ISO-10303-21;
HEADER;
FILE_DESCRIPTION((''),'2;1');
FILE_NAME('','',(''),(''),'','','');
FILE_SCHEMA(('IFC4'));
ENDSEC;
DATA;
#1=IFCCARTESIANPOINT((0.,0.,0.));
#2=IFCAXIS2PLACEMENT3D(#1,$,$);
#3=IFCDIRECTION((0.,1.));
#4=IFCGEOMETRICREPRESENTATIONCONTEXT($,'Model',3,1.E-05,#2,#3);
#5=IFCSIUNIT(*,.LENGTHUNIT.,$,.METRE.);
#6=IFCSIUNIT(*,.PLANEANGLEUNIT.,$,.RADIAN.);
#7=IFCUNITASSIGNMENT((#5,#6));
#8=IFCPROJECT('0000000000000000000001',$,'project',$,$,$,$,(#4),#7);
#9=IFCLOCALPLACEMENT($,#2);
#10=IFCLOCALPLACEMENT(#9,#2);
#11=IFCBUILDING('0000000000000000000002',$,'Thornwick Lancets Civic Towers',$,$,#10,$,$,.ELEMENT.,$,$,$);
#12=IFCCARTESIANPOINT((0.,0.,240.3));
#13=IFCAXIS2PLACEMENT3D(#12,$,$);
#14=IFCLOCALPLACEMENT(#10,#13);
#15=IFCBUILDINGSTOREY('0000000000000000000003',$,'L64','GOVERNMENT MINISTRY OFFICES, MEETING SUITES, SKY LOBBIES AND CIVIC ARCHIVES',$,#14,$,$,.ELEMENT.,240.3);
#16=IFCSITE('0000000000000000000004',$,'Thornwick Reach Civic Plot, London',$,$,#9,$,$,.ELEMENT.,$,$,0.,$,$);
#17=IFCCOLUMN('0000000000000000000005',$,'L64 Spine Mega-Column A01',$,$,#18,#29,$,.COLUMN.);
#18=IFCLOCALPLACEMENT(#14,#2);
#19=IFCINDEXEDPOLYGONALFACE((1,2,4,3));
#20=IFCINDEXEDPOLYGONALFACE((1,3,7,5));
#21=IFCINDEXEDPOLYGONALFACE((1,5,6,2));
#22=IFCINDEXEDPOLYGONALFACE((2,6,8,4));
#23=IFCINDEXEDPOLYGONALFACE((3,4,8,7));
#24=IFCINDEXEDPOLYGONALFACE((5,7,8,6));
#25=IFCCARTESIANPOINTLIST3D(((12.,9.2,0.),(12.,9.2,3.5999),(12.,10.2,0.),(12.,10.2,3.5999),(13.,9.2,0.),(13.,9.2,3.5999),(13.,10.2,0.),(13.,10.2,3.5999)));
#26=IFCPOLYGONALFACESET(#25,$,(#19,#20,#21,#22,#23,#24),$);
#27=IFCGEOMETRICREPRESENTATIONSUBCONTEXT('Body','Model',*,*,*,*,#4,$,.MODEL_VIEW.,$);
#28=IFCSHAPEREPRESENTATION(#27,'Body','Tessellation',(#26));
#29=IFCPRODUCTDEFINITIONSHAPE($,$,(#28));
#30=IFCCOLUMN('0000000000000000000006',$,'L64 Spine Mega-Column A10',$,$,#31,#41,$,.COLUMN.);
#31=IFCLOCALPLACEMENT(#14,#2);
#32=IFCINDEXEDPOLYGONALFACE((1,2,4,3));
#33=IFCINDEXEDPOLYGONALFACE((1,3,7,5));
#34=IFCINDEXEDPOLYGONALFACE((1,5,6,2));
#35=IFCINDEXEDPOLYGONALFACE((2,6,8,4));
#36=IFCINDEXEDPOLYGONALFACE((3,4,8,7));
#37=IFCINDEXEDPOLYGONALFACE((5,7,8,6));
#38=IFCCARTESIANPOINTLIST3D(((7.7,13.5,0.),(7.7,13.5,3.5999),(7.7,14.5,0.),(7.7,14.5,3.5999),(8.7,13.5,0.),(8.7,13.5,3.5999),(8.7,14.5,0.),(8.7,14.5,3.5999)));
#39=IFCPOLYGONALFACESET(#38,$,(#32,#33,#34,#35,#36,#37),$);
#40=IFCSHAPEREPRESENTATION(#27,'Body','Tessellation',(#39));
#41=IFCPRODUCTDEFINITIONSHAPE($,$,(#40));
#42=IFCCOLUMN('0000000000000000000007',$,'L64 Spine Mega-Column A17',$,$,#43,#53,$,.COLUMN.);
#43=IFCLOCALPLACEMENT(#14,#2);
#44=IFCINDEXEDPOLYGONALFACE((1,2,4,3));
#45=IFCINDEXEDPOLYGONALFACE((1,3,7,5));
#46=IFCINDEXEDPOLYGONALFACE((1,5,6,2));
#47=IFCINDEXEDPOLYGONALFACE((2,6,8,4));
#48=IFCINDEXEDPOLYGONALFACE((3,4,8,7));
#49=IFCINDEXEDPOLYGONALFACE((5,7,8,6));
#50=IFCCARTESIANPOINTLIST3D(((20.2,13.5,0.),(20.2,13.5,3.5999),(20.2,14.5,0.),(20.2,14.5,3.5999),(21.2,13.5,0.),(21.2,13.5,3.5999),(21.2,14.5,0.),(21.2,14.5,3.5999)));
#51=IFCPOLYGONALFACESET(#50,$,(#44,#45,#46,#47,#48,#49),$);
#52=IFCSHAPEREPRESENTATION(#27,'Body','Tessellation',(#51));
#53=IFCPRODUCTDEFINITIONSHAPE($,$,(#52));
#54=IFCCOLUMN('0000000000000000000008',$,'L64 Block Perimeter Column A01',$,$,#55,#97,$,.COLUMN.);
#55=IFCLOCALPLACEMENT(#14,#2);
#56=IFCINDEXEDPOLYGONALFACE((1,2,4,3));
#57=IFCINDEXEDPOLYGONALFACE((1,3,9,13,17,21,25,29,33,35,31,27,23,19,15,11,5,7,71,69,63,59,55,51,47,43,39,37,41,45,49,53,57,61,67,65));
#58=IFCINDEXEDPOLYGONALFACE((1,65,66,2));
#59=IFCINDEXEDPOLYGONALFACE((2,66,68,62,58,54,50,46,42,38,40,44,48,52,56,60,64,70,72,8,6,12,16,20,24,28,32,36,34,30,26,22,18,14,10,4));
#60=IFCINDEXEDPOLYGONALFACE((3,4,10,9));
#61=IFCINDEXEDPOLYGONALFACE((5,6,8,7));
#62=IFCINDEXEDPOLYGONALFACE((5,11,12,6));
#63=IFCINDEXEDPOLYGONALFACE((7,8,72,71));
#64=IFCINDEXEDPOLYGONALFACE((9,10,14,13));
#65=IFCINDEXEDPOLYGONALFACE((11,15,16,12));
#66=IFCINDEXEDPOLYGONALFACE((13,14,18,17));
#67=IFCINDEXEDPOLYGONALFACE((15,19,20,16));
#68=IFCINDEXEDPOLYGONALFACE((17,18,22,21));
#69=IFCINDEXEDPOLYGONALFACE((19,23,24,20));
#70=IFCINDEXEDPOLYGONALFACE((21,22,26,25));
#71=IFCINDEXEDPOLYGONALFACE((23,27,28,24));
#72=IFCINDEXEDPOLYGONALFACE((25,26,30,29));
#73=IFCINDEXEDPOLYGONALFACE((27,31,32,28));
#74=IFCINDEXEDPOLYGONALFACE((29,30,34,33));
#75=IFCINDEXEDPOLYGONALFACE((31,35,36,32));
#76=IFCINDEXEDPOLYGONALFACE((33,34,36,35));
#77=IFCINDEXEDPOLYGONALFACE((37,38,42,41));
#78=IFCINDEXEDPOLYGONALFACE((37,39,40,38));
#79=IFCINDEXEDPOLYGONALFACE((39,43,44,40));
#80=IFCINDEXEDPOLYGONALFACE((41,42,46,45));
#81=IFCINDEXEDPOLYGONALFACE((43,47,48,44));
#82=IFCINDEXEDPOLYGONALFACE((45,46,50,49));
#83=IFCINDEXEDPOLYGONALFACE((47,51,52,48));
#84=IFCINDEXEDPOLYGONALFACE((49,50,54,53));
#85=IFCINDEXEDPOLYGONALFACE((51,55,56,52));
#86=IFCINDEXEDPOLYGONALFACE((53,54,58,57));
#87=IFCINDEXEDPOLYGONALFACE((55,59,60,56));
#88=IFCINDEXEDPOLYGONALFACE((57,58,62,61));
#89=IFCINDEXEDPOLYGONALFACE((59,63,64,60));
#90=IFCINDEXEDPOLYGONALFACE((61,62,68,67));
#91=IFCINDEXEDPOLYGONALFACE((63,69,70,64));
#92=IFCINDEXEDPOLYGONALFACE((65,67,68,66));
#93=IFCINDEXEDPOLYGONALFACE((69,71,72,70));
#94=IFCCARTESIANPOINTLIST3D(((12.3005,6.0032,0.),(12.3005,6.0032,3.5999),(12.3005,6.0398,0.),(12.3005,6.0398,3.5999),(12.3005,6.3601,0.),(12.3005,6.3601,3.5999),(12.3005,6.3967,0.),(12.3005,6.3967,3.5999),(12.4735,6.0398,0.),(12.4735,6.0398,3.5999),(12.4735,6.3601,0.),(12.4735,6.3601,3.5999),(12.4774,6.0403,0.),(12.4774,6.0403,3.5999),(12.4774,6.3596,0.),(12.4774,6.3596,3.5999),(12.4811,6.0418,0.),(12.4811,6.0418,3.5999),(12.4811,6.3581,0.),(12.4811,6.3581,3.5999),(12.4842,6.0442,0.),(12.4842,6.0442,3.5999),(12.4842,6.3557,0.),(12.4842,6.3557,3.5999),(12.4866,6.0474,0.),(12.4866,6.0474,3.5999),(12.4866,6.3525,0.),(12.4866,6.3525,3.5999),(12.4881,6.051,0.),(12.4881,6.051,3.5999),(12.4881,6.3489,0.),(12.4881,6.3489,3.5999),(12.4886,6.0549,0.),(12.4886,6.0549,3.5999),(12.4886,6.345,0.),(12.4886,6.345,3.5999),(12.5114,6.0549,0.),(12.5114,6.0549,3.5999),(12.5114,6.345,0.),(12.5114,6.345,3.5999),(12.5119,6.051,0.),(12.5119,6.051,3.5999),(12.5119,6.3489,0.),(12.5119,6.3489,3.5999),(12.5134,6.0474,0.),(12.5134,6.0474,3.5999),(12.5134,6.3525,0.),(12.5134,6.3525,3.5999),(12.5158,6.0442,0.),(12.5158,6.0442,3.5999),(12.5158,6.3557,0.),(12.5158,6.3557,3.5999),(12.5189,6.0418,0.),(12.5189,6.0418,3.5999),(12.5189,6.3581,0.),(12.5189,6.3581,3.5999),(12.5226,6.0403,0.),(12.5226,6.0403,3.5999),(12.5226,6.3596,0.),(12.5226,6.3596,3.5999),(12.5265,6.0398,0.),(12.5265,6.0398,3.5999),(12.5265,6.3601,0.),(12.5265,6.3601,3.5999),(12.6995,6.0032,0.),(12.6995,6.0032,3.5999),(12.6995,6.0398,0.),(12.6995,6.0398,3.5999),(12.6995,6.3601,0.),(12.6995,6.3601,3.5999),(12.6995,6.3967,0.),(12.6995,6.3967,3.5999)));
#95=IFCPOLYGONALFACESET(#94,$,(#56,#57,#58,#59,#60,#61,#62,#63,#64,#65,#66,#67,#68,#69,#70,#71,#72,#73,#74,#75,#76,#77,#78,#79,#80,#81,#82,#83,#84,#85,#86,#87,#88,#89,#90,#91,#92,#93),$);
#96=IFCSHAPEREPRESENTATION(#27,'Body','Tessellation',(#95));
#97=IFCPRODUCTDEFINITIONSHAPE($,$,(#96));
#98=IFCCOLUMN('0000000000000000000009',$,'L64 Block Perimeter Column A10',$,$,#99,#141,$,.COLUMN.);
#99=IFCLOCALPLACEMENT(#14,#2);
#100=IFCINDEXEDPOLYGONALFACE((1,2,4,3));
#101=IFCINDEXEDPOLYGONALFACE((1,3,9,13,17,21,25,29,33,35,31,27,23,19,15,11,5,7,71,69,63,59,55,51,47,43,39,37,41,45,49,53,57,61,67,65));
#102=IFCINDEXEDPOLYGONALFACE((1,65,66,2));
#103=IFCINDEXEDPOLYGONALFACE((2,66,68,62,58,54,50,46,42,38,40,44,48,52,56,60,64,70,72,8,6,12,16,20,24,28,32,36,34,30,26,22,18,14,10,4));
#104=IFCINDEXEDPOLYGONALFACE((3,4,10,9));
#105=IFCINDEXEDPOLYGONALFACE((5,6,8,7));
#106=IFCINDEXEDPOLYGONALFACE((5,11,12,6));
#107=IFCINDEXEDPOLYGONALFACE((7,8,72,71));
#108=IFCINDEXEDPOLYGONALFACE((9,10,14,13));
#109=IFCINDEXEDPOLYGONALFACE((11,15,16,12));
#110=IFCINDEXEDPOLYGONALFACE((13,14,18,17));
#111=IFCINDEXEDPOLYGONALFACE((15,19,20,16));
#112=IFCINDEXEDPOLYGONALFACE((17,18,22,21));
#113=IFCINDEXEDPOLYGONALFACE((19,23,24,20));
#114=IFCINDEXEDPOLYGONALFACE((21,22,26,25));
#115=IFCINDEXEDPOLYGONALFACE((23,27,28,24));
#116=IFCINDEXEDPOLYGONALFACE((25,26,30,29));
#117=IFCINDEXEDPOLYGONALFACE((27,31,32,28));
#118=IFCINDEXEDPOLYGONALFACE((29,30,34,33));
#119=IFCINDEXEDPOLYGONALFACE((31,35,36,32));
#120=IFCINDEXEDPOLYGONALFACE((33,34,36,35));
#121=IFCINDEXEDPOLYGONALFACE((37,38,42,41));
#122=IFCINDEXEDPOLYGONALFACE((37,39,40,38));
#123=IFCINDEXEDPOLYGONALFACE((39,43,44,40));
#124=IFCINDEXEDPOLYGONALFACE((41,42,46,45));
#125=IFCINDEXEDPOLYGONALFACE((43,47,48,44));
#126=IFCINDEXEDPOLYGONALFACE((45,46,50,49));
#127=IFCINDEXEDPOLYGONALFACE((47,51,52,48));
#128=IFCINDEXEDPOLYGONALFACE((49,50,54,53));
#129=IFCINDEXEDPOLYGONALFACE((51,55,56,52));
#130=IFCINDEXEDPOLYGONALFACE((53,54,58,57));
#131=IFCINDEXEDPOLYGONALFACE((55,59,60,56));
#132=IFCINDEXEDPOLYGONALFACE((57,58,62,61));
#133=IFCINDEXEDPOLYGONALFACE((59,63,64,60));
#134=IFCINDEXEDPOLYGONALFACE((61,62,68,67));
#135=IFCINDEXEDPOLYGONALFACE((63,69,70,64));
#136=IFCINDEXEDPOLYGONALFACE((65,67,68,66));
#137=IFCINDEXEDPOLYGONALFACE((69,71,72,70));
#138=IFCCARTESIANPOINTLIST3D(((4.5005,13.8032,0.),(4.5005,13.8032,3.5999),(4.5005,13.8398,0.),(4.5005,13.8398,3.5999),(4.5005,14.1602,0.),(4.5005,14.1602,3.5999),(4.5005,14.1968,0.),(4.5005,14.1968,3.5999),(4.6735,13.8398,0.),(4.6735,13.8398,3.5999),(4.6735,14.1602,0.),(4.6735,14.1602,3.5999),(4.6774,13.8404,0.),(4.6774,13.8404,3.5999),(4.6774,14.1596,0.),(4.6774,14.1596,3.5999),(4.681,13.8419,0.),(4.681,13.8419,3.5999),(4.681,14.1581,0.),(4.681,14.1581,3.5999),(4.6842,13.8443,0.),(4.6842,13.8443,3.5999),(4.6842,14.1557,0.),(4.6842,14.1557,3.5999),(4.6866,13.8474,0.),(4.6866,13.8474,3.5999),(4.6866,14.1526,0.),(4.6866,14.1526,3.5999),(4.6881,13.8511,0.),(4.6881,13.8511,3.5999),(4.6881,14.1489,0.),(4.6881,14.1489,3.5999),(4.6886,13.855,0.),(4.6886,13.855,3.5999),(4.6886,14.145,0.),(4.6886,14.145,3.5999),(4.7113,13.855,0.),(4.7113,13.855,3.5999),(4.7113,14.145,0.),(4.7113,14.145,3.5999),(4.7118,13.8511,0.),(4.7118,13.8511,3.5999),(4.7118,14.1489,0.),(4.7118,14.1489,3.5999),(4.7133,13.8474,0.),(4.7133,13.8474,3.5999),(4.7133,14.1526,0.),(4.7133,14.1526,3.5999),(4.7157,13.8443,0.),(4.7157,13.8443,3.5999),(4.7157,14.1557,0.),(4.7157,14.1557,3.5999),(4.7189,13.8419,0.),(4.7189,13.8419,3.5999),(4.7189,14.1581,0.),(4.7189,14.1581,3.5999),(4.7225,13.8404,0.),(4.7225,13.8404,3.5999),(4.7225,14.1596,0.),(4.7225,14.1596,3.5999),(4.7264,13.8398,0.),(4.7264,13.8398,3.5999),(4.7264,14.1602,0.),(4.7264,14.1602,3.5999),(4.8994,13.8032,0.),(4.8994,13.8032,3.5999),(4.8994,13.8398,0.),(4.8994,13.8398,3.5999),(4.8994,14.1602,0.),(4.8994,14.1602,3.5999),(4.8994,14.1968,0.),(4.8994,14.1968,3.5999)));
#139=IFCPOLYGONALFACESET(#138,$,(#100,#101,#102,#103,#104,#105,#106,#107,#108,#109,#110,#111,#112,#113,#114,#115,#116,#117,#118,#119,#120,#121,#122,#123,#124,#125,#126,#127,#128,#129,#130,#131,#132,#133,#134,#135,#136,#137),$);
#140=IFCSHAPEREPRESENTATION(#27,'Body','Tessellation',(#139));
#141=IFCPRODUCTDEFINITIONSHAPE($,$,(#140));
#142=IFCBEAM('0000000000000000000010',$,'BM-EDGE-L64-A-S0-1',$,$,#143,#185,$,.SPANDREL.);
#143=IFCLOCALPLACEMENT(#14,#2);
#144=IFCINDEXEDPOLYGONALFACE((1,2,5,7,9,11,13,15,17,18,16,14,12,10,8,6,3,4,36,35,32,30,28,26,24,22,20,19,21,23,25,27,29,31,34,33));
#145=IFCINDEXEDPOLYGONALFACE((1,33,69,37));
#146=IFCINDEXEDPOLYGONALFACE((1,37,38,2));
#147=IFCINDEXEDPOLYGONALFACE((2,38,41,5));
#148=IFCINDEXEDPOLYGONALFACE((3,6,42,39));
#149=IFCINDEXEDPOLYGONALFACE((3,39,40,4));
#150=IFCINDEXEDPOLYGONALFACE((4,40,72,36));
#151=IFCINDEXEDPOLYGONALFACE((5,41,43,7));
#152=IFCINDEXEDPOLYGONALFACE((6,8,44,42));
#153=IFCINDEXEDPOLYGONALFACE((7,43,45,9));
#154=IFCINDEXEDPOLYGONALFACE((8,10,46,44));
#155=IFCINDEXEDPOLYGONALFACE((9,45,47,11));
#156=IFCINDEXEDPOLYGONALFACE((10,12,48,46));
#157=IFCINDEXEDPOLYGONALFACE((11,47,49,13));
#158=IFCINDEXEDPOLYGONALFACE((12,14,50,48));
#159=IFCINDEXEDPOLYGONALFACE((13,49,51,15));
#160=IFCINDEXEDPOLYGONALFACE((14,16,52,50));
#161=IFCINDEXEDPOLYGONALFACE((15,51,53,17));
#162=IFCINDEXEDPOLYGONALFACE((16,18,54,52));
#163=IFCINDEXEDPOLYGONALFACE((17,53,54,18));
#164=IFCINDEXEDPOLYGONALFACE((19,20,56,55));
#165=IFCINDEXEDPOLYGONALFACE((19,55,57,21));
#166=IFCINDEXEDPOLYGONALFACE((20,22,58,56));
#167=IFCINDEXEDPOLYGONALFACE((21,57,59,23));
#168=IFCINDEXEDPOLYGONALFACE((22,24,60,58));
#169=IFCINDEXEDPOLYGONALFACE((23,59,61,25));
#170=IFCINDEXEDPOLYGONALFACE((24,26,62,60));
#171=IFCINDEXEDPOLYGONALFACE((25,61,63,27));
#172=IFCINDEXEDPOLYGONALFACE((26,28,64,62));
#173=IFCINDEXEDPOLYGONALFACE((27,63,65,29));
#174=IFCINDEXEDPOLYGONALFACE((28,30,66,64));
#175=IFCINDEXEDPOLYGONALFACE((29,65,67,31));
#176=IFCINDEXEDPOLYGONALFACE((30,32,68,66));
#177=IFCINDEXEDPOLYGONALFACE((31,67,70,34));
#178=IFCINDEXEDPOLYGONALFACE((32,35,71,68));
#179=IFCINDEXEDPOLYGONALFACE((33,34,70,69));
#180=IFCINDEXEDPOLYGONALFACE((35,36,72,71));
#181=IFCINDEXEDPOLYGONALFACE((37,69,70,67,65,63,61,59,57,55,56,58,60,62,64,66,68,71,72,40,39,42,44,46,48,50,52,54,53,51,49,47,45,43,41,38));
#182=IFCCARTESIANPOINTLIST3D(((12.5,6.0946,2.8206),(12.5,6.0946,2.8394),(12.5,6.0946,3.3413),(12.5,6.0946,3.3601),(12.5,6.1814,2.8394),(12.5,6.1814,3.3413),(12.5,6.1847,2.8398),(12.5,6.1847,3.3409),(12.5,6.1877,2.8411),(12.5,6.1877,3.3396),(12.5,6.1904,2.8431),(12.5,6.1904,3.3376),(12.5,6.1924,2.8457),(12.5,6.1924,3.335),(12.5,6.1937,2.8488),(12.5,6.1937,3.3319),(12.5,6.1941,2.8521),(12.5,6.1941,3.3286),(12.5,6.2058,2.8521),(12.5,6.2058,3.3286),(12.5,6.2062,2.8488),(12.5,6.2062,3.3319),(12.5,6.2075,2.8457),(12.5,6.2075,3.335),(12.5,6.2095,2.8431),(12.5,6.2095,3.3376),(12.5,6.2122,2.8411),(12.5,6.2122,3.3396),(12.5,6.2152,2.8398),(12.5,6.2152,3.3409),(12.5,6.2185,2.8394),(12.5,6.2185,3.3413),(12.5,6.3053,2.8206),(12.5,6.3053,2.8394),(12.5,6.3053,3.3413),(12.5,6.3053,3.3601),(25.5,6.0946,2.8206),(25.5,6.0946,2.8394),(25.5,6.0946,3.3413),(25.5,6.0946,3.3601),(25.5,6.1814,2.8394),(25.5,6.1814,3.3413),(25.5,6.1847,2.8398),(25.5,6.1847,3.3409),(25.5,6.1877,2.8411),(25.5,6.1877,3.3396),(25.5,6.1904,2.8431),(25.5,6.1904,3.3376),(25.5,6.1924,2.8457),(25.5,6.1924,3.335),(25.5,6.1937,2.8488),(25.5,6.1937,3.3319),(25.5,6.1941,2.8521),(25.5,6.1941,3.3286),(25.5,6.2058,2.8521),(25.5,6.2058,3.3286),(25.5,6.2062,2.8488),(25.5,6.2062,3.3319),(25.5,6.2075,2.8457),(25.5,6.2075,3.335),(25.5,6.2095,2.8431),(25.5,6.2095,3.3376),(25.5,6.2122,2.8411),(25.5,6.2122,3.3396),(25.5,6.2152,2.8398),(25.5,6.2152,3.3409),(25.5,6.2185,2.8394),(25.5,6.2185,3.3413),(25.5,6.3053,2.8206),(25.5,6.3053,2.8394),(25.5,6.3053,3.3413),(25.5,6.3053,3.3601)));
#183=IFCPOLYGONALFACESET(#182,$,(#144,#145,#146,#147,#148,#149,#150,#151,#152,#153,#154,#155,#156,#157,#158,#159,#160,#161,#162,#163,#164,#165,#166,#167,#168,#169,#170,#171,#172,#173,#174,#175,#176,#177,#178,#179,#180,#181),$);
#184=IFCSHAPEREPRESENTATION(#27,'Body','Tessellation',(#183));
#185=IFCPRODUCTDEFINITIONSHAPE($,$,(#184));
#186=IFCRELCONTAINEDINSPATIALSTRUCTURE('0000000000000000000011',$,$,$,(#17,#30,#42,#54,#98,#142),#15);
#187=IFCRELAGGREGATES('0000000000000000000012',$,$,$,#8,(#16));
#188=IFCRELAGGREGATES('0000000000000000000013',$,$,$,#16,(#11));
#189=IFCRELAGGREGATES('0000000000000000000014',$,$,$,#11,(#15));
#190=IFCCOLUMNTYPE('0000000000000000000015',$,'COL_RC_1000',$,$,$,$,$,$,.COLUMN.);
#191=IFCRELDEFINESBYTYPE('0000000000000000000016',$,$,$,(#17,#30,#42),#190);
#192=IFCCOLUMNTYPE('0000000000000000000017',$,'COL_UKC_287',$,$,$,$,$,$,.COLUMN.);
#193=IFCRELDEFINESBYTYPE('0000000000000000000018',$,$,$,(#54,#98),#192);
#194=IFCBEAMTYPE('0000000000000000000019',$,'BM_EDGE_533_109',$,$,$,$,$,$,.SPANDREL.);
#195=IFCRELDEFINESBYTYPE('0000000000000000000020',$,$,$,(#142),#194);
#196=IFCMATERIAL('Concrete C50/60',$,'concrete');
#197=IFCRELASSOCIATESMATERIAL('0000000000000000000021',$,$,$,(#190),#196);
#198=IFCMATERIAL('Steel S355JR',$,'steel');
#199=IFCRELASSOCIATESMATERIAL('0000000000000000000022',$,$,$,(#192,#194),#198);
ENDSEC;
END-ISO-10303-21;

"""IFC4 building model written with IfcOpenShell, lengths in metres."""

from ifc_helpers import new_model, si_unit, direction, frame, origin, origin_2d, place, context, subcontext, project, spatial, rectangle, i_section, extrude, material, material_profile, profile_set, type_object, element, save


model = new_model("IFC4")

# Units and contexts
model_context = context("Model", 3, precision=1e-05, world=origin(), true_north=direction((0.0, 1.0)))
body_context = subcontext(model_context, "Body", "Model", "MODEL_VIEW")
ifc_project = project(units=[si_unit("LENGTHUNIT", "METRE"), si_unit("PLANEANGLEUNIT", "RADIAN")], contexts=[model_context])

# Site, building, storey
site_placement = place(None, origin())
site = spatial("IfcSite", under=ifc_project, at=site_placement, Name="Thornwick Reach Civic Plot, London", CompositionType="ELEMENT", RefElevation=0.0)
building_placement = place(site_placement, origin())
building = spatial("IfcBuilding", under=site, at=building_placement, Name="Thornwick Lancets Civic Towers", CompositionType="ELEMENT")
storey_placement = place(building_placement, frame((0.0, 0.0, 240.3)))
storey = spatial("IfcBuildingStorey", under=building, at=storey_placement, Name="L64", Description="GOVERNMENT MINISTRY OFFICES, MEETING SUITES, SKY LOBBIES AND CIVIC ARCHIVES", CompositionType="ELEMENT", Elevation=240.3)

# Columns
ifc_material_1 = material(Name="Concrete C50/60", Category="concrete")
ifc_material_profile_1 = material_profile(ifc_material_1, rectangle(XDim=1.0, YDim=1.0, at=origin_2d()), Name="RC 1000x1000")
ifc_profile_set_1 = profile_set([ifc_material_profile_1], Name="Concrete C50/60")
column_type_1 = type_object("IfcColumnType", Name="COL_RC_1000", PredefinedType="COLUMN", material=ifc_profile_set_1)
for number, where, z_axis, x_axis, name in (
    (1, (12.5, 9.7, 0.0), (0.0, 0.0, 1.0), (1.0, 0.0, 0.0), "L64 Spine Mega-Column A01"),
    (2, (8.2, 14.0, 0.0), (0.0, 0.0, 1.0), (1.0, 0.0, 0.0), "L64 Spine Mega-Column A10"),
    (3, (20.7, 14.0, 0.0), (0.0, 0.0, 1.0), (1.0, 0.0, 0.0), "L64 Spine Mega-Column A17"),
):
    element("IfcColumn", number, at=place(storey_placement, frame(where, z_axis=z_axis, x_axis=x_axis)), inside=storey, type_object=column_type_1, Name=name, PredefinedType="COLUMN", context=body_context, shape_type="SweptSolid", body=[
        extrude(rectangle(XDim=1.0, YDim=1.0, at=origin_2d()), origin(), (0.0, 0.0, 1.0), 3.5999),
    ])
ifc_material_2 = material(Name="Steel S355JR", Category="steel")
ifc_material_profile_2 = material_profile(ifc_material_2, i_section(OverallWidth=0.3989, OverallDepth=0.3936, WebThickness=0.0227, FlangeThickness=0.0366, FilletRadius=0.0151, at=origin_2d()), Name="UKC 356x406x287")
ifc_profile_set_2 = profile_set([ifc_material_profile_2], Name="Steel S355JR")
column_type_2 = type_object("IfcColumnType", Name="COL_UKC_287", PredefinedType="COLUMN", material=ifc_profile_set_2)
for number, where, z_axis, x_axis, name in (
    (4, (12.5, 6.2, 0.0), (0.0, 0.0, 1.0), (1.0, 0.0, 0.0), "L64 Block Perimeter Column A01"),
    (5, (4.7, 14.0, 0.0), (0.0, 0.0, 1.0), (1.0, 0.0, 0.0), "L64 Block Perimeter Column A10"),
):
    element("IfcColumn", number, at=place(storey_placement, frame(where, z_axis=z_axis, x_axis=x_axis)), inside=storey, type_object=column_type_2, Name=name, PredefinedType="COLUMN", context=body_context, shape_type="SweptSolid", body=[
        extrude(i_section(OverallWidth=0.3989, OverallDepth=0.3936, WebThickness=0.0227, FlangeThickness=0.0366, FilletRadius=0.0151, at=origin_2d()), origin(), (0.0, 0.0, 1.0), 3.5999),
    ])

# Beam
ifc_material_profile_3 = material_profile(ifc_material_2, i_section(OverallWidth=0.2107, OverallDepth=0.5396, WebThickness=0.0117, FlangeThickness=0.0188, FilletRadius=0.0127, at=origin_2d()), Name="UKB 533x210x109")
ifc_profile_set_3 = profile_set([ifc_material_profile_3], Name="Steel S355JR")
beam_type_1 = type_object("IfcBeamType", Name="BM_EDGE_533_109", PredefinedType="SPANDREL", material=ifc_profile_set_3)
for number, where, z_axis, x_axis, name in (
    (6, (12.5, 6.2, 3.0903), (1.0, 0.0, 0.0), (0.0, 1.0, 0.0), "BM-EDGE-L64-A-S0-1"),
):
    element("IfcBeam", number, at=place(storey_placement, frame(where, z_axis=z_axis, x_axis=x_axis)), inside=storey, type_object=beam_type_1, Name=name, PredefinedType="SPANDREL", context=body_context, shape_type="SweptSolid", body=[
        extrude(i_section(OverallWidth=0.2107, OverallDepth=0.5396, WebThickness=0.0117, FlangeThickness=0.0188, FilletRadius=0.0127, at=origin_2d()), origin(), (0.0, 0.0, 1.0), 13.0),
    ])

save(model, "model.ifc")
